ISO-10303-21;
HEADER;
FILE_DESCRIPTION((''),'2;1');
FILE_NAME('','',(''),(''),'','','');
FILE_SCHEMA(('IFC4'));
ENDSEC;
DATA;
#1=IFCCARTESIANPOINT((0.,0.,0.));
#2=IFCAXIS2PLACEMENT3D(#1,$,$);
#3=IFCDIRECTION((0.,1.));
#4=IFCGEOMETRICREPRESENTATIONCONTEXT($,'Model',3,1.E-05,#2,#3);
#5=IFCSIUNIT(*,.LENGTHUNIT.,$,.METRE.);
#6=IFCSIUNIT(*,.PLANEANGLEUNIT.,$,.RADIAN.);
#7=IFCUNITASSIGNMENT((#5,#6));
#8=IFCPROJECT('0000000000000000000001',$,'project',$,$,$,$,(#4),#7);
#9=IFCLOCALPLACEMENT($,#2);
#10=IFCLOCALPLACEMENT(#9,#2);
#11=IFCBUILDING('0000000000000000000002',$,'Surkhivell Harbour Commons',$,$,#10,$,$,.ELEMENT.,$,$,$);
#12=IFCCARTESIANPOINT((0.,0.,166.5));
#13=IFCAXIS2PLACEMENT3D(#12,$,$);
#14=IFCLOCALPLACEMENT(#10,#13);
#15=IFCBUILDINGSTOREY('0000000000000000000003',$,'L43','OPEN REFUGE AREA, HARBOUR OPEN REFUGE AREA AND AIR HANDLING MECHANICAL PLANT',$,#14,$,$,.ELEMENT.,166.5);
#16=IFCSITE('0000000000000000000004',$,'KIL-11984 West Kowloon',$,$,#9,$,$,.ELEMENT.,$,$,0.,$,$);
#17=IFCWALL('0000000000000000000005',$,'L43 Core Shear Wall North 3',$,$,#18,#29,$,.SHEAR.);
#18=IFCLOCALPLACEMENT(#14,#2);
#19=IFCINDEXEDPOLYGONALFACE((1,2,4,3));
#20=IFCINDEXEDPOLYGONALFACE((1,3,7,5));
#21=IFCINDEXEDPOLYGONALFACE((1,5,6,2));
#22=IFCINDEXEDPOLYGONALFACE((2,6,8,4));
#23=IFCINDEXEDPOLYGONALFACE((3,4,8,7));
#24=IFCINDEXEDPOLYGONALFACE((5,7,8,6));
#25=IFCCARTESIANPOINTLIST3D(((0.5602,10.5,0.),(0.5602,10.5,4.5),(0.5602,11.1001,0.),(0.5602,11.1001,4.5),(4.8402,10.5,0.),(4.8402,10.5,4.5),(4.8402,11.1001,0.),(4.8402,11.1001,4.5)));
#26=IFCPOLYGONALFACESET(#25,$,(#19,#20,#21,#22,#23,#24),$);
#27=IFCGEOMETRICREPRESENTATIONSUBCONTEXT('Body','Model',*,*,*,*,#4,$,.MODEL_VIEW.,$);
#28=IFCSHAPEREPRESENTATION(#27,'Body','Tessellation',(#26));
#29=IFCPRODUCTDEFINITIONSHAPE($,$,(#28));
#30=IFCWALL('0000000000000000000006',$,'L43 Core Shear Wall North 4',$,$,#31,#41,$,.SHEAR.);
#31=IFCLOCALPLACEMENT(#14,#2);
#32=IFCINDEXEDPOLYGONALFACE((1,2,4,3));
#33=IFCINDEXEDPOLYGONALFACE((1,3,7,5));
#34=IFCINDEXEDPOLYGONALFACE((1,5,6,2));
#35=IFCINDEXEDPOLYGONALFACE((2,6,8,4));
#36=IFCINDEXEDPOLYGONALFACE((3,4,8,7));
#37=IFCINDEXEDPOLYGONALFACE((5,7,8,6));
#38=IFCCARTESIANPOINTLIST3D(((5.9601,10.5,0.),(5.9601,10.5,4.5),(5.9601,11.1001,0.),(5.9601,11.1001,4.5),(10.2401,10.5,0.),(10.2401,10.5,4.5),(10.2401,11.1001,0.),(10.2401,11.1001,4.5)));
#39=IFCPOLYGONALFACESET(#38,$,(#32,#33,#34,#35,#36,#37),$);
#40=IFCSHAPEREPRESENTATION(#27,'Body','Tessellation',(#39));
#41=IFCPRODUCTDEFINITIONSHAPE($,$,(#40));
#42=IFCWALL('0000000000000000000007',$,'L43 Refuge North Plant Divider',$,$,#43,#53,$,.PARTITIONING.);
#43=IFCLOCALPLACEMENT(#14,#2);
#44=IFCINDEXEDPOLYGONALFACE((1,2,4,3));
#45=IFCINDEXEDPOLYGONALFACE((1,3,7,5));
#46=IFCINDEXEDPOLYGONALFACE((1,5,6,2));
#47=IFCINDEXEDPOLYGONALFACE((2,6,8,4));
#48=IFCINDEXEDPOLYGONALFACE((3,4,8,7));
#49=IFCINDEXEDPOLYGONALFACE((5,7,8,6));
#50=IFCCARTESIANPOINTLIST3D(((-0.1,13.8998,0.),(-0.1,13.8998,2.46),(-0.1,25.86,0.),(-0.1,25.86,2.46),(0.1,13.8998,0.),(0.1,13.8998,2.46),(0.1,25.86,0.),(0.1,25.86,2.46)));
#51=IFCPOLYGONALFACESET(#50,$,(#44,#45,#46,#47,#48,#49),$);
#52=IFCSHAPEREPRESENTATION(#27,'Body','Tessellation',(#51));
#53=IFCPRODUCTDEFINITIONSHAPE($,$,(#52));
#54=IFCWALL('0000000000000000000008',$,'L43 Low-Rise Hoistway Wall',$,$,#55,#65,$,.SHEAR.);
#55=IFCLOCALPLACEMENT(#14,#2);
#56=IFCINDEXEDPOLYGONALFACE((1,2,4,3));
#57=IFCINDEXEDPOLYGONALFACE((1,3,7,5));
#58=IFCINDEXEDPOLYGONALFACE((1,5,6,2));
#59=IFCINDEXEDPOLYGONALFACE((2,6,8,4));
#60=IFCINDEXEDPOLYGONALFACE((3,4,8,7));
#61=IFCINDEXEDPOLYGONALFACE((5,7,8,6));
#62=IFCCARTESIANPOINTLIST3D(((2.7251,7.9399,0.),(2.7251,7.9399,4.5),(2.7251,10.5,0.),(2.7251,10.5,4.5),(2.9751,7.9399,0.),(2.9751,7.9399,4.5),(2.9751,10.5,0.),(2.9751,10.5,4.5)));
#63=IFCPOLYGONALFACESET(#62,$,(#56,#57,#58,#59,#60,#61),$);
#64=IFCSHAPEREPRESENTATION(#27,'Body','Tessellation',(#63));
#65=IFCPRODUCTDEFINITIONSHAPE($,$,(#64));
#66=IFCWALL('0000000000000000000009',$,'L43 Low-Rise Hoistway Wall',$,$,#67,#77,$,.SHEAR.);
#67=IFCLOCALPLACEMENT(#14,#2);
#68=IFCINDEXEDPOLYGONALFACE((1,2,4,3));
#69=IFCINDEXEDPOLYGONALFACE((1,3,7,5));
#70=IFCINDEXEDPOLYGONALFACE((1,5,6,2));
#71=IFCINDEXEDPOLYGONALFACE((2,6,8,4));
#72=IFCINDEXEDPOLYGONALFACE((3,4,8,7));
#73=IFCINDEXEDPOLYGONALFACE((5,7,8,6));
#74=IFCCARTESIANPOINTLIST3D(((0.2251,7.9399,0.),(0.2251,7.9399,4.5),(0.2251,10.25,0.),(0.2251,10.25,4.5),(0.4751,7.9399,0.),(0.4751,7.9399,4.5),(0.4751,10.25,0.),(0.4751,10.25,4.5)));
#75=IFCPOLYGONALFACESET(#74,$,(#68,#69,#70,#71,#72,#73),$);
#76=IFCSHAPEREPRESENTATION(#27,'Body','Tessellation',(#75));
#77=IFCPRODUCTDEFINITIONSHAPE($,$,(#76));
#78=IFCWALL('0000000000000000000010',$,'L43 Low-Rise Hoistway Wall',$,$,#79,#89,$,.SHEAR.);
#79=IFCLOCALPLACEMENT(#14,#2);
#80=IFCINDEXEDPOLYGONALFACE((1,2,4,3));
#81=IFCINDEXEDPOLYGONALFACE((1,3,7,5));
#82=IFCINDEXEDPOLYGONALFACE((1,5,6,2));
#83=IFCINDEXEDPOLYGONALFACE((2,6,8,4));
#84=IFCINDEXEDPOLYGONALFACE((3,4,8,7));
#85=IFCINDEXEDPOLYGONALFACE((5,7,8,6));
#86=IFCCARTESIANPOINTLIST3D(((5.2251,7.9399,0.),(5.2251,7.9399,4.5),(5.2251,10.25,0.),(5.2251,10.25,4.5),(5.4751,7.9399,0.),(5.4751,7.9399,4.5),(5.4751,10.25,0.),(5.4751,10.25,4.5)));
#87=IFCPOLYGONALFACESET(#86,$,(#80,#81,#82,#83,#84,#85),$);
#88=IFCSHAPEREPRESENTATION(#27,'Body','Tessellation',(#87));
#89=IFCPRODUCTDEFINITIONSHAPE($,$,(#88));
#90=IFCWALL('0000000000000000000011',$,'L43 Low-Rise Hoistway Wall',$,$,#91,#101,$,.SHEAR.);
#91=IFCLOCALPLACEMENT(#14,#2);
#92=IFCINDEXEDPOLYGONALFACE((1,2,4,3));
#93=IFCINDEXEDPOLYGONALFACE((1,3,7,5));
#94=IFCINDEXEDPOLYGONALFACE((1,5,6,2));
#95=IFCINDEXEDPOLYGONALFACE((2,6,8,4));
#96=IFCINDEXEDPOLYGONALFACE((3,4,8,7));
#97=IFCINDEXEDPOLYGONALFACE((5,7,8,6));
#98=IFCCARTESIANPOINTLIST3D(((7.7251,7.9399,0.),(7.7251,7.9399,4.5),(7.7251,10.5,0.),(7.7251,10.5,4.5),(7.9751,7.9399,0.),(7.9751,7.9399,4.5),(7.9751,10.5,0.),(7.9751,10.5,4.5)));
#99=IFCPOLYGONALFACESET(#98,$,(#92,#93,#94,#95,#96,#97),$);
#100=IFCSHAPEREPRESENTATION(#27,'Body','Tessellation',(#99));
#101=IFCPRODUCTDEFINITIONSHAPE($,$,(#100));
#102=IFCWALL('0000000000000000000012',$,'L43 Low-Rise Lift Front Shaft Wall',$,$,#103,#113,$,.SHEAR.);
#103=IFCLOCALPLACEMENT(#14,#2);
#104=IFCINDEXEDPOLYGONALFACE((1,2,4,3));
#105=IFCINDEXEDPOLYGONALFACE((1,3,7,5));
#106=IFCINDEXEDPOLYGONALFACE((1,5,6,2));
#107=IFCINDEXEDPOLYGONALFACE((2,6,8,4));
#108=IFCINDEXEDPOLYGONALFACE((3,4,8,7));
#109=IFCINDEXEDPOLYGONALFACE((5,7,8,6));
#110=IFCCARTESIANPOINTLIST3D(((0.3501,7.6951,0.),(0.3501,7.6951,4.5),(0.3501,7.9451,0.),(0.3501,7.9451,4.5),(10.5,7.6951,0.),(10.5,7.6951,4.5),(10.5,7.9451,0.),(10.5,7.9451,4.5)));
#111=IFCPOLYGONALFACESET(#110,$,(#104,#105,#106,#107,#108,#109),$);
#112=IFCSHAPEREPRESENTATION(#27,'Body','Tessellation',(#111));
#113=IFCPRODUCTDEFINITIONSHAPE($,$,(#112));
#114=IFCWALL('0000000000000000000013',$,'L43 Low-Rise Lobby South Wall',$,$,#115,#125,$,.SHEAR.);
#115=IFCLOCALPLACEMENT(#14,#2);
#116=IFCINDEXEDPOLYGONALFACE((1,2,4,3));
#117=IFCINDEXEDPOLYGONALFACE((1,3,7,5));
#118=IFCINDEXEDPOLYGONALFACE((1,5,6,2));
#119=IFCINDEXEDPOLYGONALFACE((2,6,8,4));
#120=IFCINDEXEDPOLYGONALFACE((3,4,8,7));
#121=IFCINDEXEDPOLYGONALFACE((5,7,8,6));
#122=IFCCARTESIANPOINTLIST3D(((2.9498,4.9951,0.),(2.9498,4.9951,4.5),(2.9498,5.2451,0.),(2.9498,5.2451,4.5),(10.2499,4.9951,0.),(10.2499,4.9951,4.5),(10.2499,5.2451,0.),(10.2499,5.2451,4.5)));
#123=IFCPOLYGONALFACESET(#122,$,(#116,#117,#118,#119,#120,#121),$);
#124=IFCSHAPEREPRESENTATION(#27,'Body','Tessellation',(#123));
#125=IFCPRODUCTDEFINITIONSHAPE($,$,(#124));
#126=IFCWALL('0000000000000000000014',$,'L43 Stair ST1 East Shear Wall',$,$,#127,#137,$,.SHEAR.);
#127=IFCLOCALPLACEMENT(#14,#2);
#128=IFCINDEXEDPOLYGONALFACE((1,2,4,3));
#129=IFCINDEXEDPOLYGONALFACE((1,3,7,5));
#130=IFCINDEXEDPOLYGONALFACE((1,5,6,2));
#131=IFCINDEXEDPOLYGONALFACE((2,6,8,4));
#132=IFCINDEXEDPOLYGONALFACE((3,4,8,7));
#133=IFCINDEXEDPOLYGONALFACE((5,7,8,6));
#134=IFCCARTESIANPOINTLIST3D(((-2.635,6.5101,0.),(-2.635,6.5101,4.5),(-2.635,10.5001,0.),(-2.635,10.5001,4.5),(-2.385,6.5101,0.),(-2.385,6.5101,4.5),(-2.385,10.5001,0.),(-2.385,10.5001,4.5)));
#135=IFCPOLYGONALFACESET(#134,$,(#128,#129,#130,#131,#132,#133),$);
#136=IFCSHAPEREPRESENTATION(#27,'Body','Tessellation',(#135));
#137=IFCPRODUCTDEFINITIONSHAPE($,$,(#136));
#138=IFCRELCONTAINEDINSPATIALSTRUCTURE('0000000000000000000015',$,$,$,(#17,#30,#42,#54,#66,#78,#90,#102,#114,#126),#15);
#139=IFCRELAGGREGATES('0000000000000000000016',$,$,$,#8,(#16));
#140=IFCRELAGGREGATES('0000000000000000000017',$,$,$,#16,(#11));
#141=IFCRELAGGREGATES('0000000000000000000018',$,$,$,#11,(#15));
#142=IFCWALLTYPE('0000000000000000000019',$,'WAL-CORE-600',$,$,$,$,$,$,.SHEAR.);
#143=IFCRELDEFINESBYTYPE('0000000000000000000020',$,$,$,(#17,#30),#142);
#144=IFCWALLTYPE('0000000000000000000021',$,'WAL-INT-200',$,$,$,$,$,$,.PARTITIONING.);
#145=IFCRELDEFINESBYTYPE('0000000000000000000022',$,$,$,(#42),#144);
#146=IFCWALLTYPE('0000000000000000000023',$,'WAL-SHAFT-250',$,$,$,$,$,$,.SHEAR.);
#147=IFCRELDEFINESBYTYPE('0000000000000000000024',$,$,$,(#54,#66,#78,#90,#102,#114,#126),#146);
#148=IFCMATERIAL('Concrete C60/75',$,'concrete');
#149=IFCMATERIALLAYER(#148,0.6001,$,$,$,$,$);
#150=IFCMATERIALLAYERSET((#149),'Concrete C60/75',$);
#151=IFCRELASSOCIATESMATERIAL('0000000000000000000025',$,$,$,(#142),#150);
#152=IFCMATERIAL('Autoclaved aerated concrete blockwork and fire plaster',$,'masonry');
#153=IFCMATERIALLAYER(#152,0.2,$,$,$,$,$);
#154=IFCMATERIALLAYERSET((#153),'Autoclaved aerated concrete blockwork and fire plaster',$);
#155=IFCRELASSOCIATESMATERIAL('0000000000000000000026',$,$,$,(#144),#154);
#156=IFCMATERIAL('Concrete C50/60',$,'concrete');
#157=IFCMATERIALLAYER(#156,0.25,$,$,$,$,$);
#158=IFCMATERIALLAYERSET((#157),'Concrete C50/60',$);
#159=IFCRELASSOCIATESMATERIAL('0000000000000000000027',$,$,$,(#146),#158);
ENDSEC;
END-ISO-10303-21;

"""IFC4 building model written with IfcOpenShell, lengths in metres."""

from ifc_helpers import new_model, si_unit, direction, frame, frame_2d, origin, place, context, subcontext, project, spatial, rectangle, extrude, material, layer, layer_set, type_object, element, save


model = new_model("IFC4")

# Units and contexts
model_context = context("Model", 3, precision=1e-05, world=origin(), true_north=direction((0.0, 1.0)))
body_context = subcontext(model_context, "Body", "Model", "MODEL_VIEW")
ifc_project = project(units=[si_unit("LENGTHUNIT", "METRE"), si_unit("PLANEANGLEUNIT", "RADIAN")], contexts=[model_context])

# Site, building, storey
site_placement = place(None, origin())
site = spatial("IfcSite", under=ifc_project, at=site_placement, Name="KIL-11984 West Kowloon", CompositionType="ELEMENT", RefElevation=0.0)
building_placement = place(site_placement, origin())
building = spatial("IfcBuilding", under=site, at=building_placement, Name="Surkhivell Harbour Commons", CompositionType="ELEMENT")
storey_placement = place(building_placement, frame((0.0, 0.0, 166.5)))
storey = spatial("IfcBuildingStorey", under=building, at=storey_placement, Name="L43", Description="OPEN REFUGE AREA, HARBOUR OPEN REFUGE AREA AND AIR HANDLING MECHANICAL PLANT", CompositionType="ELEMENT", Elevation=166.5)

# Shared definitions
ifc_material_1 = material(Name="Concrete C60/75", Category="concrete")

# Shared definitions
ifc_layer_1 = layer(ifc_material_1, 0.6001)
ifc_layer_set_1 = layer_set([ifc_layer_1], Name="Concrete C60/75")
wall_type_1 = type_object("IfcWallType", Name="WAL-CORE-600", PredefinedType="SHEAR", material=ifc_layer_set_1)

# Walls
for number, where, z_axis, x_axis, name in (
    (1, (0.5601, 10.8, 0.0), (0.0, 0.0, 1.0), (1.0, 0.0, 0.0), "L43 Core Shear Wall North 3"),
    (2, (5.96, 10.8, 0.0), (0.0, 0.0, 1.0), (1.0, 0.0, 0.0), "L43 Core Shear Wall North 4"),
):
    element("IfcWall", number, at=place(storey_placement, frame(where, z_axis=z_axis, x_axis=x_axis)), inside=storey, type_object=wall_type_1, Name=name, PredefinedType="SHEAR", context=body_context, shape_type="SweptSolid", body=[
        extrude(rectangle(XDim=4.28, YDim=0.6001, at=frame_2d((2.1401, 0.0))), origin(), (0.0, 0.0, 1.0), 4.5),
    ])
ifc_material_2 = material(Name="Autoclaved aerated concrete blockwork and fire plaster", Category="masonry")
ifc_layer_2 = layer(ifc_material_2, 0.2)
ifc_layer_set_2 = layer_set([ifc_layer_2], Name="Autoclaved aerated concrete blockwork and fire plaster")
wall_type_2 = type_object("IfcWallType", Name="WAL-INT-200", PredefinedType="PARTITIONING", material=ifc_layer_set_2)
wall_1_placement = place(storey_placement, frame((0.0, 13.8999, 0.0), z_axis=(0.0, 0.0, 1.0), x_axis=(0.0, 1.0, 0.0)))
element("IfcWall", 3, at=wall_1_placement, inside=storey, type_object=wall_type_2, Name="L43 Refuge North Plant Divider", PredefinedType="PARTITIONING", context=body_context, shape_type="SweptSolid", body=[
    extrude(rectangle(XDim=11.9602, YDim=0.2, at=frame_2d((5.98, 0.0))), origin(), (0.0, 0.0, 1.0), 2.46),
])
ifc_material_3 = material(Name="Concrete C50/60", Category="concrete")
ifc_layer_3 = layer(ifc_material_3, 0.25)
ifc_layer_set_3 = layer_set([ifc_layer_3], Name="Concrete C50/60")
wall_type_3 = type_object("IfcWallType", Name="WAL-SHAFT-250", PredefinedType="SHEAR", material=ifc_layer_set_3)
wall_2_placement = place(storey_placement, frame((2.8501, 7.9399, 0.0), z_axis=(0.0, 0.0, 1.0), x_axis=(0.0, 1.0, 0.0)))
element("IfcWall", 4, at=wall_2_placement, inside=storey, type_object=wall_type_3, Name="L43 Low-Rise Hoistway Wall", PredefinedType="SHEAR", context=body_context, shape_type="SweptSolid", body=[
    extrude(rectangle(XDim=2.5601, YDim=0.25, at=frame_2d((1.28, 0.0))), origin(), (0.0, 0.0, 1.0), 4.5),
])
for number, where, z_axis, x_axis, name in (
    (5, (0.3501, 7.9399, 0.0), (0.0, 0.0, 1.0), (0.0, 1.0, 0.0), "L43 Low-Rise Hoistway Wall"),
    (6, (5.3501, 7.9399, 0.0), (0.0, 0.0, 1.0), (0.0, 1.0, 0.0), "L43 Low-Rise Hoistway Wall"),
):
    element("IfcWall", number, at=place(storey_placement, frame(where, z_axis=z_axis, x_axis=x_axis)), inside=storey, type_object=wall_type_3, Name=name, PredefinedType="SHEAR", context=body_context, shape_type="SweptSolid", body=[
        extrude(rectangle(XDim=2.3101, YDim=0.25, at=frame_2d((1.155, 0.0))), origin(), (0.0, 0.0, 1.0), 4.5),
    ])
wall_3_placement = place(storey_placement, frame((7.8501, 7.9399, 0.0), z_axis=(0.0, 0.0, 1.0), x_axis=(0.0, 1.0, 0.0)))
element("IfcWall", 7, at=wall_3_placement, inside=storey, type_object=wall_type_3, Name="L43 Low-Rise Hoistway Wall", PredefinedType="SHEAR", context=body_context, shape_type="SweptSolid", body=[
    extrude(rectangle(XDim=2.5601, YDim=0.25, at=frame_2d((1.28, 0.0))), origin(), (0.0, 0.0, 1.0), 4.5),
])
wall_4_placement = place(storey_placement, frame((0.3501, 7.8201, 0.0), z_axis=(0.0, 0.0, 1.0), x_axis=(1.0, 0.0, 0.0)))
element("IfcWall", 8, at=wall_4_placement, inside=storey, type_object=wall_type_3, Name="L43 Low-Rise Lift Front Shaft Wall", PredefinedType="SHEAR", context=body_context, shape_type="SweptSolid", body=[
    extrude(rectangle(XDim=10.1499, YDim=0.25, at=frame_2d((5.075, 0.0))), origin(), (0.0, 0.0, 1.0), 4.5),
])
wall_5_placement = place(storey_placement, frame((2.95, 5.1201, 0.0), z_axis=(0.0, 0.0, 1.0), x_axis=(1.0, 0.0, 0.0)))
element("IfcWall", 9, at=wall_5_placement, inside=storey, type_object=wall_type_3, Name="L43 Low-Rise Lobby South Wall", PredefinedType="SHEAR", context=body_context, shape_type="SweptSolid", body=[
    extrude(rectangle(XDim=7.3, YDim=0.25, at=frame_2d((3.6499, 0.0))), origin(), (0.0, 0.0, 1.0), 4.5),
])
wall_6_placement = place(storey_placement, frame((-2.51, 6.51, 0.0), z_axis=(0.0, 0.0, 1.0), x_axis=(0.0, 1.0, 0.0)))
element("IfcWall", 10, at=wall_6_placement, inside=storey, type_object=wall_type_3, Name="L43 Stair ST1 East Shear Wall", PredefinedType="SHEAR", context=body_context, shape_type="SweptSolid", body=[
    extrude(rectangle(XDim=3.99, YDim=0.25, at=frame_2d((1.9951, 0.0))), origin(), (0.0, 0.0, 1.0), 4.5),
])

save(model, "model.ifc")
